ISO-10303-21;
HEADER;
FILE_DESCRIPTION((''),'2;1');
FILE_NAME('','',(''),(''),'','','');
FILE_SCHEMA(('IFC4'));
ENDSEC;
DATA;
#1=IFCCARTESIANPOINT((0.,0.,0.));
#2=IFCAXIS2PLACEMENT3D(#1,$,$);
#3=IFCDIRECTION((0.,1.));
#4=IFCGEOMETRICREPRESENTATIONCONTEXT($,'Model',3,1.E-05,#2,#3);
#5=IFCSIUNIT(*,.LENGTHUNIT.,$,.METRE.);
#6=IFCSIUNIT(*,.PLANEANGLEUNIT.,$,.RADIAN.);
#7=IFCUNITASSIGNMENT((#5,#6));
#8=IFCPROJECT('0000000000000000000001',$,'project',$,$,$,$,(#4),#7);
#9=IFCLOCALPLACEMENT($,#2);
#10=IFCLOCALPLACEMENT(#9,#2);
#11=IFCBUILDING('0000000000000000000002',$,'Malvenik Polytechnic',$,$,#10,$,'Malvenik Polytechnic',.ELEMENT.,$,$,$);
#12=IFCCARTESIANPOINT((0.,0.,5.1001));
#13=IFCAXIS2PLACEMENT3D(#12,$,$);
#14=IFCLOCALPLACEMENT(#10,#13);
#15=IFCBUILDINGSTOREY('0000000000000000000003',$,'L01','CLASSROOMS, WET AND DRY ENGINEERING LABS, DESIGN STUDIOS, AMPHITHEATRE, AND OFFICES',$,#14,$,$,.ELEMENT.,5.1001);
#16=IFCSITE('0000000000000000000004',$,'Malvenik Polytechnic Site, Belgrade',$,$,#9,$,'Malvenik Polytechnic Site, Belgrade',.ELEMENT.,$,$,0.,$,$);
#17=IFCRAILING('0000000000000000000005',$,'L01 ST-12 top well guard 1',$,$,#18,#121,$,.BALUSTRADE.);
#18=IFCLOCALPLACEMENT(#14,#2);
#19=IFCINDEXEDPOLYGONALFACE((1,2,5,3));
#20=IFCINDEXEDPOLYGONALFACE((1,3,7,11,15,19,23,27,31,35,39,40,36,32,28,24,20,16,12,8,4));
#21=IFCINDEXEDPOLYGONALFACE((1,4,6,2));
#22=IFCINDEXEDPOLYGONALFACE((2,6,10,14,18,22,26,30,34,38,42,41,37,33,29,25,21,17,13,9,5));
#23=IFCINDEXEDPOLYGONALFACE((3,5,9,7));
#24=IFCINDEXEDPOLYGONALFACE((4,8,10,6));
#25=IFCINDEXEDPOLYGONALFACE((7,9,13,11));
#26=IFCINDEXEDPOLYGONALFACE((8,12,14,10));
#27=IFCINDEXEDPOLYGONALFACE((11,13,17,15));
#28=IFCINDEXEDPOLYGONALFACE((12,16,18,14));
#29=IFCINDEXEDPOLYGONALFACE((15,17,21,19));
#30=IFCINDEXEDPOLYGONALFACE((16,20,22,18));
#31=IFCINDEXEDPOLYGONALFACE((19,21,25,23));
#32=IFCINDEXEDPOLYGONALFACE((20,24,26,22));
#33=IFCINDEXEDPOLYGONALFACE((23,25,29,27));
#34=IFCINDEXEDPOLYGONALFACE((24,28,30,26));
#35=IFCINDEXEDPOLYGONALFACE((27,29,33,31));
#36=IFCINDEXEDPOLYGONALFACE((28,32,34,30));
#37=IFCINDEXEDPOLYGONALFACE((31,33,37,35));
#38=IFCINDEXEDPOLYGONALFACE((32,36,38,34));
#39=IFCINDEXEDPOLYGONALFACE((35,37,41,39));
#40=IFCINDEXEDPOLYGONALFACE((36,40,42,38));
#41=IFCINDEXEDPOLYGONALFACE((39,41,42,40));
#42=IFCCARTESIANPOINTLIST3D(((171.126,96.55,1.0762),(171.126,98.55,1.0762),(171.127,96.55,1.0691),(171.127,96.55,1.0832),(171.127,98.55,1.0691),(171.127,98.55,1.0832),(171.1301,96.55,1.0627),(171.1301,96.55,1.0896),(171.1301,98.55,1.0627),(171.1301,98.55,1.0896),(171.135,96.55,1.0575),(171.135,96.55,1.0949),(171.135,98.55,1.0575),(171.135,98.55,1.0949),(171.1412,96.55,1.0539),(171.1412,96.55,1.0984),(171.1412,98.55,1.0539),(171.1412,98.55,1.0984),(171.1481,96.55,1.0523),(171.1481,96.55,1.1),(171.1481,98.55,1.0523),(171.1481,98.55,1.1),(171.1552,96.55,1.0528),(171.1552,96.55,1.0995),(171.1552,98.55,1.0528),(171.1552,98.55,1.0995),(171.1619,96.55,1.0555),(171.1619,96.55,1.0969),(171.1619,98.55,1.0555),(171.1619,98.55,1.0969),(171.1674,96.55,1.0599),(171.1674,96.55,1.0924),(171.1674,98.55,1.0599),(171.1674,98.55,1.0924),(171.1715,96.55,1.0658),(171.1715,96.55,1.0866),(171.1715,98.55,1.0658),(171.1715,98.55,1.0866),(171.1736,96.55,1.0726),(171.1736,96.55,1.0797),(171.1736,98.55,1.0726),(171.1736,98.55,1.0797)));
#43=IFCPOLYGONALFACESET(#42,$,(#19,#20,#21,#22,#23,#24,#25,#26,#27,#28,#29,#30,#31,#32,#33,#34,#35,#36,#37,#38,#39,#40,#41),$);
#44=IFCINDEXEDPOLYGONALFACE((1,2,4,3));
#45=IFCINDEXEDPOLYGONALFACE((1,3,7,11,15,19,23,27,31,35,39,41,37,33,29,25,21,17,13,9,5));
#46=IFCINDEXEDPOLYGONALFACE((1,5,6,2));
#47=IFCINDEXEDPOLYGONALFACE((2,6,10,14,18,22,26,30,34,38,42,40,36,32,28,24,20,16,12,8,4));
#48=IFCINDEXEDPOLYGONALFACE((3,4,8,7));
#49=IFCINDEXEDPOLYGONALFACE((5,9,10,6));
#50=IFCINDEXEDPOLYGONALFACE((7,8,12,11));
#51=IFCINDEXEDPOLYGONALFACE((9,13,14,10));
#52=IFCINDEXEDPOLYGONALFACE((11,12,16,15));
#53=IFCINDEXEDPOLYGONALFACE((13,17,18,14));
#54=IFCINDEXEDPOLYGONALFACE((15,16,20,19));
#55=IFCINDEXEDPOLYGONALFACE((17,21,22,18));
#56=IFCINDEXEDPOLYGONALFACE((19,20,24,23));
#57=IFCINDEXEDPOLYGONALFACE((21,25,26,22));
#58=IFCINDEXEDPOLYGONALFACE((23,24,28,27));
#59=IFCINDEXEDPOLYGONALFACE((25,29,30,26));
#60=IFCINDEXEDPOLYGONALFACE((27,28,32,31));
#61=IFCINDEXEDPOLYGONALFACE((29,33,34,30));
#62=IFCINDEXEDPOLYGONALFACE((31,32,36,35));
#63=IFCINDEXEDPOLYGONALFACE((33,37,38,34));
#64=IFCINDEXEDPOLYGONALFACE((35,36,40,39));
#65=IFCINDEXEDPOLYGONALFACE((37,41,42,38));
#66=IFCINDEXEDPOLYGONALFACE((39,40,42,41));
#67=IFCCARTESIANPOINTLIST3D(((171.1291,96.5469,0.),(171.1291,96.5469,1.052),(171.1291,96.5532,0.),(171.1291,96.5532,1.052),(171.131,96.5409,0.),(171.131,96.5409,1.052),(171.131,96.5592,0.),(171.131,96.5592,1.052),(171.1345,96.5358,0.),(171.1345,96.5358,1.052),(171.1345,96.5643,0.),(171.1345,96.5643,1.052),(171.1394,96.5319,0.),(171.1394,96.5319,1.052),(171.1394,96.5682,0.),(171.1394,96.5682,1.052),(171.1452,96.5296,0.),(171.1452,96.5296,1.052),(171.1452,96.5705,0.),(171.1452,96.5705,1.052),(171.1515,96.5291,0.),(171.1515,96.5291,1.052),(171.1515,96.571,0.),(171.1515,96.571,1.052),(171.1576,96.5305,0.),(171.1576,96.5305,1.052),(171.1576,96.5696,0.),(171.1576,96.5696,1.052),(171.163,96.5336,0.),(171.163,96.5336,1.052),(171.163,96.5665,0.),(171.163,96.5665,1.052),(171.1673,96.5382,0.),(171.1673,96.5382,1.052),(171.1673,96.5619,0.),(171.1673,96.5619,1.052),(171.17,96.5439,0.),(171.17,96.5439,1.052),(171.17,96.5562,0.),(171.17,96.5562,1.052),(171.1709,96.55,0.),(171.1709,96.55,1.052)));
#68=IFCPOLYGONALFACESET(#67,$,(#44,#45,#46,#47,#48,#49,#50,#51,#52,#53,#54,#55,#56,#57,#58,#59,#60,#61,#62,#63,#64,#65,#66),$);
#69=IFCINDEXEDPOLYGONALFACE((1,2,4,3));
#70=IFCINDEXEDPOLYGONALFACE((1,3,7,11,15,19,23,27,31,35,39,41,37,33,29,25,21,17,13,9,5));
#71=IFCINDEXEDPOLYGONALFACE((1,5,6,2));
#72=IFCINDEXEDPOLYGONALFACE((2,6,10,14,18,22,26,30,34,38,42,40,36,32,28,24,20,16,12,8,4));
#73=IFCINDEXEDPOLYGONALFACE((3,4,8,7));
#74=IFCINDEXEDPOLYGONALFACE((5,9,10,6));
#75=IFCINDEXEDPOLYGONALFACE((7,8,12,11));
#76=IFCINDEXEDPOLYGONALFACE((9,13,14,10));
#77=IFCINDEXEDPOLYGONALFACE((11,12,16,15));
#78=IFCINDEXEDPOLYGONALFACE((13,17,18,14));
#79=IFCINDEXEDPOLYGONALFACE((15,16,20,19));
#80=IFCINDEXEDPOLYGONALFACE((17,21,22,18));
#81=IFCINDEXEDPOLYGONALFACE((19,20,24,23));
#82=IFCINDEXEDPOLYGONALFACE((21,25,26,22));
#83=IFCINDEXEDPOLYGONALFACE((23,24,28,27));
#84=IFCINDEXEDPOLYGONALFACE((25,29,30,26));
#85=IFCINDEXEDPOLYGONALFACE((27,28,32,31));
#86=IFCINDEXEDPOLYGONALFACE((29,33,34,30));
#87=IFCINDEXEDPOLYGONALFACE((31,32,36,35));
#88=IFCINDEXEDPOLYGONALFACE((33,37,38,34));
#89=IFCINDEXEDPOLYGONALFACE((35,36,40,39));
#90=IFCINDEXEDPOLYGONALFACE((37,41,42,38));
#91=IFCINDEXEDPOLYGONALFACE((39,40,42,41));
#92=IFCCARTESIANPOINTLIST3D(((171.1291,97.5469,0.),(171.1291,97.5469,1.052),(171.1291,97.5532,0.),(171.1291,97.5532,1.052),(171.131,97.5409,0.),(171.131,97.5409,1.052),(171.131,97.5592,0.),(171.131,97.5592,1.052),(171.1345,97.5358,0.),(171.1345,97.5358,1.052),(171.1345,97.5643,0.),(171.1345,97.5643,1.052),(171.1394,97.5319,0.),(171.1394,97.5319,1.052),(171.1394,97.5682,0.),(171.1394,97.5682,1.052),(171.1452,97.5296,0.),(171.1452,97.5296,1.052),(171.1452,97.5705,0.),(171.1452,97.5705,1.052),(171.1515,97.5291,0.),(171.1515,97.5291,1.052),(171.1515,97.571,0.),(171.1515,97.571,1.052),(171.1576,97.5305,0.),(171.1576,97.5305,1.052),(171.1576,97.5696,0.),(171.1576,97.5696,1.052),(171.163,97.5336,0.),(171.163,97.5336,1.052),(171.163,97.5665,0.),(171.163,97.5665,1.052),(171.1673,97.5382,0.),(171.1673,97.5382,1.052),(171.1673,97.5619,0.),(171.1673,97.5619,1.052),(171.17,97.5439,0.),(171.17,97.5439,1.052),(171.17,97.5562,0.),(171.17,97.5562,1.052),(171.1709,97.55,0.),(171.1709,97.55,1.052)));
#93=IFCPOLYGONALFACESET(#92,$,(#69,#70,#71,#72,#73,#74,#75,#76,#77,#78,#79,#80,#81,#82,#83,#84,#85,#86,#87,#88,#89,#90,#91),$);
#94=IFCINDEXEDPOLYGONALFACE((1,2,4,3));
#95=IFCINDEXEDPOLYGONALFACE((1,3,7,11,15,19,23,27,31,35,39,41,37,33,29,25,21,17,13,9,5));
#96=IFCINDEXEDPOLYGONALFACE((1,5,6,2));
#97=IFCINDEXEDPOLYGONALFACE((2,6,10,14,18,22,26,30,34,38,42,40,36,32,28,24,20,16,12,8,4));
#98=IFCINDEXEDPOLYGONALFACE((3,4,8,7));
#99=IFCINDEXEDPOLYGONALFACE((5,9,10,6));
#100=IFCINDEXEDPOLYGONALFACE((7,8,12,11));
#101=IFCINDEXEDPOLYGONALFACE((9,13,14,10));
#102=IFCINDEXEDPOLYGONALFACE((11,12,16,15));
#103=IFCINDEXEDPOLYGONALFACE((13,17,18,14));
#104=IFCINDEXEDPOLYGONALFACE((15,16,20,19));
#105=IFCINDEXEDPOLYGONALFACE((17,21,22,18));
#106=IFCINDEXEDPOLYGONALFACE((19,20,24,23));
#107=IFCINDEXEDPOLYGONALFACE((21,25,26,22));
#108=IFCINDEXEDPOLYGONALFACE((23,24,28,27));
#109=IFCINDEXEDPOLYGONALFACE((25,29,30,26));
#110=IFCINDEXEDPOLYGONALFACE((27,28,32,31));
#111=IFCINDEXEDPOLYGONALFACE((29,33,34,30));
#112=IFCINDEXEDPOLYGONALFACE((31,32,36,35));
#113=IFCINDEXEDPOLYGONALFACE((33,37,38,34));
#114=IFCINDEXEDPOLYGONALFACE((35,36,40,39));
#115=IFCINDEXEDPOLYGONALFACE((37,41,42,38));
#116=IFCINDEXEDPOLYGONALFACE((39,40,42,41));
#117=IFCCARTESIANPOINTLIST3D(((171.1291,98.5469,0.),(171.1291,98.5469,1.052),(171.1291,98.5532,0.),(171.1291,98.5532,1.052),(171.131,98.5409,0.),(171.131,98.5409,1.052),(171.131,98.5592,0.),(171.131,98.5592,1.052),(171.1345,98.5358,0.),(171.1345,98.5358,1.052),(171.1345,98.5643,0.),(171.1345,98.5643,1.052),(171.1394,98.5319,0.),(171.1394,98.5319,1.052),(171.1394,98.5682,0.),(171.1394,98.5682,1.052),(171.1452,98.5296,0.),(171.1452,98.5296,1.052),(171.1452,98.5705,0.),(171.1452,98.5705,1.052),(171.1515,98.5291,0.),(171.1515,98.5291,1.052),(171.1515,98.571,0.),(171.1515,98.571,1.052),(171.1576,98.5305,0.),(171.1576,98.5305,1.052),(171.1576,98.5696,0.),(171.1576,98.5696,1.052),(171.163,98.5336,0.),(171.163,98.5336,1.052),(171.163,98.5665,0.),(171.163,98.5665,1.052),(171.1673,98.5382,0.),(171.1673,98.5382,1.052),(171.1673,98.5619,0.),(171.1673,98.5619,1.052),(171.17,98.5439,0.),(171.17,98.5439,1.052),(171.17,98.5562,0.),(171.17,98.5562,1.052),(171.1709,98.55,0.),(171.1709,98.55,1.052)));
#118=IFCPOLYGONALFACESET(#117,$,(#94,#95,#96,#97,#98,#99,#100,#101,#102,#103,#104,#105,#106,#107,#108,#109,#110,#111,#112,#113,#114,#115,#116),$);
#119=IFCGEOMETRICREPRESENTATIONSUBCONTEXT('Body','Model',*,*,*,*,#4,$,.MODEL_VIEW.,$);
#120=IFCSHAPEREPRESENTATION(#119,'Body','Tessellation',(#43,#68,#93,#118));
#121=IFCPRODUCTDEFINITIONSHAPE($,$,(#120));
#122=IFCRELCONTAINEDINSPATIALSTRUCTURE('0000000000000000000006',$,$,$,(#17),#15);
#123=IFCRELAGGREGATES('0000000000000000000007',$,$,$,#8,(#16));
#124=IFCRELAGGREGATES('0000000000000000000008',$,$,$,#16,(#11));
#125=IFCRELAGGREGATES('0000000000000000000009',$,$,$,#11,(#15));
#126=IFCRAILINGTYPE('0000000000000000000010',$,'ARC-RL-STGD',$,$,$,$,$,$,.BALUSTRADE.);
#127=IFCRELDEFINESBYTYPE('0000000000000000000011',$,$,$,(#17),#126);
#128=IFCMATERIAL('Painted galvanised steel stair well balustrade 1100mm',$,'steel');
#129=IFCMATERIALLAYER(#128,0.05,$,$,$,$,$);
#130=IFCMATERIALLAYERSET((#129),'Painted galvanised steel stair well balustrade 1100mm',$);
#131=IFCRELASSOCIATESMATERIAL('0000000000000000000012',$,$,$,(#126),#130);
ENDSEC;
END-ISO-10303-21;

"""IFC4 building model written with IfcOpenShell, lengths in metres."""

from ifc_helpers import new_model, si_unit, direction, frame, origin, origin_2d, place, context, subcontext, project, spatial, circle, extrude, material, layer, layer_set, type_object, element, save


model = new_model("IFC4")

# Units and contexts
model_context = context("Model", 3, precision=1e-05, world=origin(), true_north=direction((0.0, 1.0)))
body_context = subcontext(model_context, "Body", "Model", "MODEL_VIEW")
ifc_project = project(units=[si_unit("LENGTHUNIT", "METRE"), si_unit("PLANEANGLEUNIT", "RADIAN")], contexts=[model_context])

# Site, building, storey
site_placement = place(None, origin())
site = spatial("IfcSite", under=ifc_project, at=site_placement, Name="Malvenik Polytechnic Site, Belgrade", LongName="Malvenik Polytechnic Site, Belgrade", CompositionType="ELEMENT", RefElevation=0.0)
building_placement = place(site_placement, origin())
building = spatial("IfcBuilding", under=site, at=building_placement, Name="Malvenik Polytechnic", LongName="Malvenik Polytechnic", CompositionType="ELEMENT")
storey_placement = place(building_placement, frame((0.0, 0.0, 5.1001)))
storey = spatial("IfcBuildingStorey", under=building, at=storey_placement, Name="L01", Description="CLASSROOMS, WET AND DRY ENGINEERING LABS, DESIGN STUDIOS, AMPHITHEATRE, AND OFFICES", CompositionType="ELEMENT", Elevation=5.1001)

# Railing
ifc_material_1 = material(Name="Painted galvanised steel stair well balustrade 1100mm", Category="steel")
ifc_layer_1 = layer(ifc_material_1, 0.05)
ifc_layer_set_1 = layer_set([ifc_layer_1], Name="Painted galvanised steel stair well balustrade 1100mm")
railing_type = type_object("IfcRailingType", Name="ARC-RL-STGD", PredefinedType="BALUSTRADE", material=ifc_layer_set_1)
railing_placement = place(storey_placement, frame((171.1499, 96.55, 0.0)))
element("IfcRailing", 1, at=railing_placement, inside=storey, type_object=railing_type, Name="L01 ST-12 top well guard 1", PredefinedType="BALUSTRADE", context=body_context, shape_type="SweptSolid", body=[
    extrude(circle(Radius=0.0239, at=origin_2d()), frame((0.0, 0.0, 1.0762), z_axis=(0.0, 1.0, 0.0), x_axis=(-1.0, 0.0, 0.0)), (0.0, 0.0, 1.0), 2.0),
    extrude(circle(Radius=0.021, at=origin_2d()), origin(), (0.0, 0.0, 1.0), 1.052),
    extrude(circle(Radius=0.021, at=origin_2d()), frame((0.0, 1.0, 0.0)), (0.0, 0.0, 1.0), 1.052),
    extrude(circle(Radius=0.021, at=origin_2d()), frame((0.0, 2.0, 0.0)), (0.0, 0.0, 1.0), 1.052),
])

save(model, "model.ifc")
